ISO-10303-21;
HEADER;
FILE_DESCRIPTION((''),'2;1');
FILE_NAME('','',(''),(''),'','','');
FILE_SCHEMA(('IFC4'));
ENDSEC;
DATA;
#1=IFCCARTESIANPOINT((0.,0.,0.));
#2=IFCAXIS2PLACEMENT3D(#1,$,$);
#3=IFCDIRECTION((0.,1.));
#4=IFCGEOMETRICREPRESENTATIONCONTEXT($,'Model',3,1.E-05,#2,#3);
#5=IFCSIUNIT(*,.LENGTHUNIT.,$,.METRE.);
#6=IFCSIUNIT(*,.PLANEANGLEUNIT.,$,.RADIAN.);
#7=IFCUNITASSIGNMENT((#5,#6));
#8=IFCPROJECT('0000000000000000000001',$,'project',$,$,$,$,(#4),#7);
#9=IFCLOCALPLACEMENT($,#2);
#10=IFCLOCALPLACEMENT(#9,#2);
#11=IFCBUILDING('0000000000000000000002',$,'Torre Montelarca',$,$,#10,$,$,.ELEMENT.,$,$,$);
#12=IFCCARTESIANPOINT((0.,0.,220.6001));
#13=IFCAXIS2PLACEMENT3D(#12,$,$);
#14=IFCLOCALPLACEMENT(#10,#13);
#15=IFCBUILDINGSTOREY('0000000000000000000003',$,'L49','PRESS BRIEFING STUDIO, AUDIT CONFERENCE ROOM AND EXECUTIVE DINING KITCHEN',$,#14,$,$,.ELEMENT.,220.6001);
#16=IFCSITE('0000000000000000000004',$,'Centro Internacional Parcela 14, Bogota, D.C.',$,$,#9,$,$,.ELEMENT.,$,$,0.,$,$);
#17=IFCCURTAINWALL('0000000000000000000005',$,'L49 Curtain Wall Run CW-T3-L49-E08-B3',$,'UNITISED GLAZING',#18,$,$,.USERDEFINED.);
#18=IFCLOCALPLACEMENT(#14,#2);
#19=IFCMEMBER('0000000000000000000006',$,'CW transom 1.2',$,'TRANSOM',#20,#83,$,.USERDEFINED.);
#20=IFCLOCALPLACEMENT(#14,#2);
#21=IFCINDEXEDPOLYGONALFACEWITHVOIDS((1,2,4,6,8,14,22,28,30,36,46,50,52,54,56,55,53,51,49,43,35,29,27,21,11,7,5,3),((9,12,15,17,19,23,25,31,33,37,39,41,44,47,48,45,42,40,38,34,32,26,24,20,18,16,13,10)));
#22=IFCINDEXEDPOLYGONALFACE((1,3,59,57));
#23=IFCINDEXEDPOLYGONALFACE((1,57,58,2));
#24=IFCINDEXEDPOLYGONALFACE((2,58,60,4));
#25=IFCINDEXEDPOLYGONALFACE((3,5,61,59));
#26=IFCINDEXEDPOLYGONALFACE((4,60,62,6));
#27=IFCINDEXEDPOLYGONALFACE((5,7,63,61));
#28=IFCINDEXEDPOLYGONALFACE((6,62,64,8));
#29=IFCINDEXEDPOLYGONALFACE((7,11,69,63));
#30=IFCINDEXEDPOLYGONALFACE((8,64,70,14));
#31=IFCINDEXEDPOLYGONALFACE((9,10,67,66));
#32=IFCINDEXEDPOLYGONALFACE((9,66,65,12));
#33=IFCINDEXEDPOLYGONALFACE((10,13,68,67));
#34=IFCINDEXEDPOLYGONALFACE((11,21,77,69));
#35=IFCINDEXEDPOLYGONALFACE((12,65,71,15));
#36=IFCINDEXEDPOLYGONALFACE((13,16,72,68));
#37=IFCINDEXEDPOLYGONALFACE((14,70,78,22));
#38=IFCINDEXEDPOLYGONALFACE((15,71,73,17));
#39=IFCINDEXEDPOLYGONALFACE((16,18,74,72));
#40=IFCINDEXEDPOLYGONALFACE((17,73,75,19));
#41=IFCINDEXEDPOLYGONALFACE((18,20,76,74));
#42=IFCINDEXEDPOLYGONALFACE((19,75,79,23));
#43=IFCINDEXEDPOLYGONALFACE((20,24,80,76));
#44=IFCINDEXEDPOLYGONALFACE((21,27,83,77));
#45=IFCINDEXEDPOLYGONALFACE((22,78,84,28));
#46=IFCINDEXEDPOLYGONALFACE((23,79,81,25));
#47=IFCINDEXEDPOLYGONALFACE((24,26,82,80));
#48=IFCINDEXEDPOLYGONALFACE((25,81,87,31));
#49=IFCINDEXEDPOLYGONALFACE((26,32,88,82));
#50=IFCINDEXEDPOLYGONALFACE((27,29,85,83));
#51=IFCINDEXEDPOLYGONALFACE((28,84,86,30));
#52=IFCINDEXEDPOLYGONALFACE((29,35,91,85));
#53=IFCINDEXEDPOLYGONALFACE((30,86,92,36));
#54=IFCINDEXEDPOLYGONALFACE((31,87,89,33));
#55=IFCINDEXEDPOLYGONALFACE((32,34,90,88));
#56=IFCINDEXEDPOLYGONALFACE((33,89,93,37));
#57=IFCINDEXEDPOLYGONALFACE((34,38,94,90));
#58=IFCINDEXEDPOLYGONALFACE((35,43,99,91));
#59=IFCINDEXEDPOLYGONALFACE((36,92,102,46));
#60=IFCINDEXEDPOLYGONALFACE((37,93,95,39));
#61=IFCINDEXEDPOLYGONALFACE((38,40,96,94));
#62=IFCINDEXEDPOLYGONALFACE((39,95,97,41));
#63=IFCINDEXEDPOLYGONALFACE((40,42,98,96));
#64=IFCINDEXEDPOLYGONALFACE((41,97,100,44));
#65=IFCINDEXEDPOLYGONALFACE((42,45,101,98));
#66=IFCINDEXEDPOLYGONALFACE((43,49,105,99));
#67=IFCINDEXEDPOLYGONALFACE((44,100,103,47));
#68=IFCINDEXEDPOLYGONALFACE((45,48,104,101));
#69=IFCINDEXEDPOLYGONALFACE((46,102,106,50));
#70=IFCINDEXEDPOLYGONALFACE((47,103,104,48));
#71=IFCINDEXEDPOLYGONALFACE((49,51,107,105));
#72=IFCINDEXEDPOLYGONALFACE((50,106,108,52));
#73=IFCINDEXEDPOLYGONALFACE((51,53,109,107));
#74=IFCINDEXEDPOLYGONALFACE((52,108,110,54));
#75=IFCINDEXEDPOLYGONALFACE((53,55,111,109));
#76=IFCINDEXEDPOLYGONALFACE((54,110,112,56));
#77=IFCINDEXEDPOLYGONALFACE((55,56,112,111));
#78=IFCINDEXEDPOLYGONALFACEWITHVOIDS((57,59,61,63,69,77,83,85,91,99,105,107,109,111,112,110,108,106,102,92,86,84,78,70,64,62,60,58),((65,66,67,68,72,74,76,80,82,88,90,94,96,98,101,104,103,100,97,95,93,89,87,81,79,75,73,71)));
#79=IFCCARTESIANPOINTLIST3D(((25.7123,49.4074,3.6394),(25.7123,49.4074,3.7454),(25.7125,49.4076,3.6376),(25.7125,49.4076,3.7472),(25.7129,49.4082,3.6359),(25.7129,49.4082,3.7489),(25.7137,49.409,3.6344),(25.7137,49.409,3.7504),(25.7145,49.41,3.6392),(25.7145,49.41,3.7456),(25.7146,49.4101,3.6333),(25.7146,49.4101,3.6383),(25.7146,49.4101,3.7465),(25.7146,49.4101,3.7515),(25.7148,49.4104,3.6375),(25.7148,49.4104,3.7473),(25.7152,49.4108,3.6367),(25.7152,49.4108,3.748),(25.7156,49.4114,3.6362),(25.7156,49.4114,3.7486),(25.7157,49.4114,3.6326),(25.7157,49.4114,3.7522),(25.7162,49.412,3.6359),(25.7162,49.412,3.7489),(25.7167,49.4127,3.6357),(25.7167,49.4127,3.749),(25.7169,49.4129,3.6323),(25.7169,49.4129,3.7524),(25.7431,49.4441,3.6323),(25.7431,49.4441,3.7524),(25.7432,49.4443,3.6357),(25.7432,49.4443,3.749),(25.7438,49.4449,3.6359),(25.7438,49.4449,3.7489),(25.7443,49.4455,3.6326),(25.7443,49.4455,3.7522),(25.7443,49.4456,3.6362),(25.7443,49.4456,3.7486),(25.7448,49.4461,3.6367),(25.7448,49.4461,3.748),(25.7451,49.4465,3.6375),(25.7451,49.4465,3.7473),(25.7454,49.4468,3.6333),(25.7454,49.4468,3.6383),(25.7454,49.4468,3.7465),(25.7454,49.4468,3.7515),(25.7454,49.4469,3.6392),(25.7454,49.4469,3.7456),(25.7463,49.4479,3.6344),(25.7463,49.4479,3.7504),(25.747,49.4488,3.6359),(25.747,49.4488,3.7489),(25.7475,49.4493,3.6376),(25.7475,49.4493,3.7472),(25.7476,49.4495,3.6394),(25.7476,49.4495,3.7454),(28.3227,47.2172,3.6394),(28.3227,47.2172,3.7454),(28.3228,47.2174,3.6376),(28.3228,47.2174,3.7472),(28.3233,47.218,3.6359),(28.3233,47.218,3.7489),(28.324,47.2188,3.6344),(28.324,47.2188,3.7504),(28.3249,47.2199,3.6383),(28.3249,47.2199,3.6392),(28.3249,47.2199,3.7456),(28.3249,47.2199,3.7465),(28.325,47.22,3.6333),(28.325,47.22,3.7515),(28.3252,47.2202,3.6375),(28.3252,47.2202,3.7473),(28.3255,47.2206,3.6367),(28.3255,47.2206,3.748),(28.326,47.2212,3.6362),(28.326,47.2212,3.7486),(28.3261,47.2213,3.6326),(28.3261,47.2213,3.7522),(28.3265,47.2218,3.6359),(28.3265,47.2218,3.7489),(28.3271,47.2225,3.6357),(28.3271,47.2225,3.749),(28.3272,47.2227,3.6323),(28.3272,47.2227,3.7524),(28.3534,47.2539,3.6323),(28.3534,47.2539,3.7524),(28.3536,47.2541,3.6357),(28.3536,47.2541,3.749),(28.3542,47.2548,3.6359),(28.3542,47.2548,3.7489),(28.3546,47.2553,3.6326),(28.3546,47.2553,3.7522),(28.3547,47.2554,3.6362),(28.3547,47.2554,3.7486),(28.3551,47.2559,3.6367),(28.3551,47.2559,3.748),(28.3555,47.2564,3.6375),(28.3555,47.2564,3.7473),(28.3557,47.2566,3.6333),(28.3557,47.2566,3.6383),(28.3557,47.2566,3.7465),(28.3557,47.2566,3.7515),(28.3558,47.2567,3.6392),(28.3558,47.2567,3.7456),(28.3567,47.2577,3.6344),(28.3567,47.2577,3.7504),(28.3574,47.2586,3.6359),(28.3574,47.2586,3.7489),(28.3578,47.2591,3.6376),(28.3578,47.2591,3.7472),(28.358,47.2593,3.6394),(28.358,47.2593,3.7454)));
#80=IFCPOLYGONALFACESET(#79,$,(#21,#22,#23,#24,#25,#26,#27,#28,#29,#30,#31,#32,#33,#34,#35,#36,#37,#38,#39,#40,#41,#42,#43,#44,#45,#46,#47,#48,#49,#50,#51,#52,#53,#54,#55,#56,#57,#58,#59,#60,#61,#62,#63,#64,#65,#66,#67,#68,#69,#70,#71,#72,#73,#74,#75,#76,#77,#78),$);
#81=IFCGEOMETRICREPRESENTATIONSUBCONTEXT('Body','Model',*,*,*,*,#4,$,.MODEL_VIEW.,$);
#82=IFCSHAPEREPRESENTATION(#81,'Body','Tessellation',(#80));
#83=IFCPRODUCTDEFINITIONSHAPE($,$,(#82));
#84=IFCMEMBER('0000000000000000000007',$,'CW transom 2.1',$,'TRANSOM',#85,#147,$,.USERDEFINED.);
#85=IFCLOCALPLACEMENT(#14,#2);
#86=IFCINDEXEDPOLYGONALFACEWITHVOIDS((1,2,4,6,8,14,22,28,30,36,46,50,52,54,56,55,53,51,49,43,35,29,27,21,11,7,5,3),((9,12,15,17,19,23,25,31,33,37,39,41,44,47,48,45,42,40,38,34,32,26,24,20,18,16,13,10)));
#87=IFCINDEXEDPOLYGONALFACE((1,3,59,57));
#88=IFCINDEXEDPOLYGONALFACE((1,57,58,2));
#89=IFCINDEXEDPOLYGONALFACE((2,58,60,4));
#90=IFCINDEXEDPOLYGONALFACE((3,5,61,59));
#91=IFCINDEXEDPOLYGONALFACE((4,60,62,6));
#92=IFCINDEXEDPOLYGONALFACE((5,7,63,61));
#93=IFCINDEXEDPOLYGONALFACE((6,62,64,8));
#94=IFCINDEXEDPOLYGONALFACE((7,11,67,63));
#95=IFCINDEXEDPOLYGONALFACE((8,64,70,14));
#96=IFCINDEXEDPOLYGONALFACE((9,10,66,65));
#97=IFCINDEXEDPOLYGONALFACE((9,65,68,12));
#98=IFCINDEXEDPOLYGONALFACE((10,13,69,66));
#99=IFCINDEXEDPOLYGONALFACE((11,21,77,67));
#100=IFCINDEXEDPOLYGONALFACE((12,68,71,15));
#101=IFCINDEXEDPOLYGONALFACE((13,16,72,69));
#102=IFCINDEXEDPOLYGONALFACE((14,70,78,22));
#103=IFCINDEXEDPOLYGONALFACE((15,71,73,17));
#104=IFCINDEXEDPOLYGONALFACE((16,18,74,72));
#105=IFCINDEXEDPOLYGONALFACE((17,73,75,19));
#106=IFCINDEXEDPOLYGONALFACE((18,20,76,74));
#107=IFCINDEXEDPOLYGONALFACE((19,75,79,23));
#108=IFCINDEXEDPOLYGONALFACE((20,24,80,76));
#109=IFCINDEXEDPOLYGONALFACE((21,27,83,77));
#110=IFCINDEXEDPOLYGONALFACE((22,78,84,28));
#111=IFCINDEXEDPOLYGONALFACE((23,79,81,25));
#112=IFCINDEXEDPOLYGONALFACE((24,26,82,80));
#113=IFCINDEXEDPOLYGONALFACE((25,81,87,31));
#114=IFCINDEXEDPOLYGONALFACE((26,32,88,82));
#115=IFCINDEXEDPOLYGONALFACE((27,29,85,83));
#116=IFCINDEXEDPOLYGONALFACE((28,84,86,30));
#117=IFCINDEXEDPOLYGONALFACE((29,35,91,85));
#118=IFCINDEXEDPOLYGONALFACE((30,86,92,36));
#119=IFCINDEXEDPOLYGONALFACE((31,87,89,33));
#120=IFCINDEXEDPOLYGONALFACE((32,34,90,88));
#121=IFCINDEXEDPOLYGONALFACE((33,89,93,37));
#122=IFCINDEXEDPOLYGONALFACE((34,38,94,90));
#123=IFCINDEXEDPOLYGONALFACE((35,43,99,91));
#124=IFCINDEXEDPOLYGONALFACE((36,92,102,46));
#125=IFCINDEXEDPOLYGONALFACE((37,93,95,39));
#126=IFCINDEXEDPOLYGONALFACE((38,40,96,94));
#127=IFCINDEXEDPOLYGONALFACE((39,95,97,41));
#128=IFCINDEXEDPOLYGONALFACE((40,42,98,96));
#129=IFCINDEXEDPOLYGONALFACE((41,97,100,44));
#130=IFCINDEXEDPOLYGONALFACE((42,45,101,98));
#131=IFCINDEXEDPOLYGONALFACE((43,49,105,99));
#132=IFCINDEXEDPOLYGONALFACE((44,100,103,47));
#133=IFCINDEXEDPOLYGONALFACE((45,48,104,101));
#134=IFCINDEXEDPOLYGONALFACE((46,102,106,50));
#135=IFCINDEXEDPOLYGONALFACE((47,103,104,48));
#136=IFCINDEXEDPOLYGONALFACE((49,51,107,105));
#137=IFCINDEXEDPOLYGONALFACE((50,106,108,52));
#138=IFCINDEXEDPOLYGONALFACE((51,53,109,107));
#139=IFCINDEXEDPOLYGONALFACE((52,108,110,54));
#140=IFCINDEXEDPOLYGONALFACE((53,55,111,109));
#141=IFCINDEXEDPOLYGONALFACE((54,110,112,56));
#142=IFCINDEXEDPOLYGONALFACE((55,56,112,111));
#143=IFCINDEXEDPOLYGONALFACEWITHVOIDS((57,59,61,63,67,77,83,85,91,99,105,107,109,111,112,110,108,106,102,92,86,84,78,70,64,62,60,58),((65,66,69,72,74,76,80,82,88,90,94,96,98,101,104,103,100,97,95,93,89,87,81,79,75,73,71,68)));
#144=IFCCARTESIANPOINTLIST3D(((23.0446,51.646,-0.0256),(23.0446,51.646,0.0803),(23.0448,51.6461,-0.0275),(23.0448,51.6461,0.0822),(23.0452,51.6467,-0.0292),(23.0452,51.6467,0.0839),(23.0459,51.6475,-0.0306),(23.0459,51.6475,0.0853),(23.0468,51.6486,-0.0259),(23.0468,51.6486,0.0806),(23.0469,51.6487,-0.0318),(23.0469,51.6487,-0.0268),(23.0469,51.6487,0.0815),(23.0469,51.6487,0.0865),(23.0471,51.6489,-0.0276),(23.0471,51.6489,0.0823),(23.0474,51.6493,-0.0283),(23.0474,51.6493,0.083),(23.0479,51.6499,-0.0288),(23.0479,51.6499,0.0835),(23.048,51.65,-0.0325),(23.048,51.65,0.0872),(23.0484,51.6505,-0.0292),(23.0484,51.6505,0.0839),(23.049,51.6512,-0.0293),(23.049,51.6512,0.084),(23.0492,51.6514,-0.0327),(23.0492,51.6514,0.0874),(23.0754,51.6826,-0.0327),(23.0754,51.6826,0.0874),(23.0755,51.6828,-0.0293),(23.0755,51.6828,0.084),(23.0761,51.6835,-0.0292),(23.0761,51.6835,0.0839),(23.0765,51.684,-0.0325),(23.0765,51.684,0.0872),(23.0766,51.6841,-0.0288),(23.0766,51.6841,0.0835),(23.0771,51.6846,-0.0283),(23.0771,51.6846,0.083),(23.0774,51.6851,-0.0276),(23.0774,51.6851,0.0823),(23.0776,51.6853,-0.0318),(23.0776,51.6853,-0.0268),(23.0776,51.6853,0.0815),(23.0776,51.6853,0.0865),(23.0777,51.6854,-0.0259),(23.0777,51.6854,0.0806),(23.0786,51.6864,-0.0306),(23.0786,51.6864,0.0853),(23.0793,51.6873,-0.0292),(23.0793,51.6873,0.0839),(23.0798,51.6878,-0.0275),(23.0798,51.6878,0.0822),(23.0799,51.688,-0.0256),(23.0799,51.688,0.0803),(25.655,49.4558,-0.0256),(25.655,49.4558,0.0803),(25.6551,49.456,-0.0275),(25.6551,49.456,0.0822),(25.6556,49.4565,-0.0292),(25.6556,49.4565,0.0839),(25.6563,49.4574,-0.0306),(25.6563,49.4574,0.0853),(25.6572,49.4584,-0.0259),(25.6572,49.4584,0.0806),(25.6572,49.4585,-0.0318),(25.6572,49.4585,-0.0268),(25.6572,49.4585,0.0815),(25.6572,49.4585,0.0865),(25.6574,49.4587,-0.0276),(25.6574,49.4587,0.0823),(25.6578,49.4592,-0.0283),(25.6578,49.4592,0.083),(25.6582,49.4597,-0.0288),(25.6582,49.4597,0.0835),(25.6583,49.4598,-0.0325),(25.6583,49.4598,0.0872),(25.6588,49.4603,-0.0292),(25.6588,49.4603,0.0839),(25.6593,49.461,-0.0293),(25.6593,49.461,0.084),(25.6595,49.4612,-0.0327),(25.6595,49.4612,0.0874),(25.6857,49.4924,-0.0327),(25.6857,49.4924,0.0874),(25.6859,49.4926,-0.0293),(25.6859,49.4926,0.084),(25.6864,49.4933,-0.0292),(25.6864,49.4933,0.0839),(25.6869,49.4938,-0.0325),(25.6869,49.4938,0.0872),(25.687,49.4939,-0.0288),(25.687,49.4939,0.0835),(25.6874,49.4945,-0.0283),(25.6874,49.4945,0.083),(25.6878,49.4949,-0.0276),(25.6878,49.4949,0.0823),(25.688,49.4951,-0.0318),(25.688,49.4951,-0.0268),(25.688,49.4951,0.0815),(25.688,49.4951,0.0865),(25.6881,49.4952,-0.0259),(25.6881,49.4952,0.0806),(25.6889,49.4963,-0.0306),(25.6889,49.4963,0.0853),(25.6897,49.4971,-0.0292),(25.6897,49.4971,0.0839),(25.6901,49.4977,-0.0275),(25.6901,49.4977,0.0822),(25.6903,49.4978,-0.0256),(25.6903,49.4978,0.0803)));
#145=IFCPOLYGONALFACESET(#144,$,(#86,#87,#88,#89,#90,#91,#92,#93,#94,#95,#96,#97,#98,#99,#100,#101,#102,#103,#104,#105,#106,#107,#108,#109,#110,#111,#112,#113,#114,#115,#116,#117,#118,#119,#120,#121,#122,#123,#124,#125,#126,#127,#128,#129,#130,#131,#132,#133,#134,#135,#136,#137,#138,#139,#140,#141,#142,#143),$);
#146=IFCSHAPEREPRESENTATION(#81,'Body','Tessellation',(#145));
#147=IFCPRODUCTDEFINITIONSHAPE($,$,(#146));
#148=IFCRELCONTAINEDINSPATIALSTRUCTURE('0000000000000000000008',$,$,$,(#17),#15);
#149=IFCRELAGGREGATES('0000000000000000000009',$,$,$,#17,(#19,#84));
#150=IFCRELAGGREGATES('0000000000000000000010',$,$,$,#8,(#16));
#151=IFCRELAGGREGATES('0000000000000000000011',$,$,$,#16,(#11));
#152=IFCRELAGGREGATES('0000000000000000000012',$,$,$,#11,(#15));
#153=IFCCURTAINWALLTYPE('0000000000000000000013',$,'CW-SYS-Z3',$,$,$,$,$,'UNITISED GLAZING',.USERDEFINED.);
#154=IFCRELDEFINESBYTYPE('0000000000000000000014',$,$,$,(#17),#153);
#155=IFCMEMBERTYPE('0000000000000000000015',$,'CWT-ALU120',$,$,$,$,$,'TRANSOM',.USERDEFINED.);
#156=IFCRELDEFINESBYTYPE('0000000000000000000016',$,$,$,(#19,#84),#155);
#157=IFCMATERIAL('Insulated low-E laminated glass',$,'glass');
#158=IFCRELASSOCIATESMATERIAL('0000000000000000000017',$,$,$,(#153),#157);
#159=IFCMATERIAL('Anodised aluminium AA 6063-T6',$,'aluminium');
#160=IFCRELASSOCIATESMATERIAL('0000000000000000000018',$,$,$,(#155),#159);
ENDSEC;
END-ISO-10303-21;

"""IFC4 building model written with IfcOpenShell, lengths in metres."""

from ifc_helpers import new_model, si_unit, direction, frame, origin, origin_2d, place, context, subcontext, project, spatial, hollow_rectangle, extrude, source, transform, mapped, material, material_profile, profile_set, type_object, element, aggregate, save


model = new_model("IFC4")

# Units and contexts
model_context = context("Model", 3, precision=1e-05, world=origin(), true_north=direction((0.0, 1.0)))
body_context = subcontext(model_context, "Body", "Model", "MODEL_VIEW")
ifc_project = project(units=[si_unit("LENGTHUNIT", "METRE"), si_unit("PLANEANGLEUNIT", "RADIAN")], contexts=[model_context])

# Site, building, storey
site_placement = place(None, origin())
site = spatial("IfcSite", under=ifc_project, at=site_placement, Name="Centro Internacional Parcela 14, Bogota, D.C.", CompositionType="ELEMENT", RefElevation=0.0)
building_placement = place(site_placement, origin())
building = spatial("IfcBuilding", under=site, at=building_placement, Name="Torre Montelarca", CompositionType="ELEMENT")
storey_placement = place(building_placement, frame((0.0, 0.0, 220.6001)))
storey = spatial("IfcBuildingStorey", under=building, at=storey_placement, Name="L49", Description="PRESS BRIEFING STUDIO, AUDIT CONFERENCE ROOM AND EXECUTIVE DINING KITCHEN", CompositionType="ELEMENT", Elevation=220.6001)

# Curtain wall, members
ifc_material_1 = material(Name="Insulated low-E laminated glass", Category="glass")
curtain_wall_type = type_object("IfcCurtainWallType", Name="CW-SYS-Z3", ElementType="UNITISED GLAZING", PredefinedType="USERDEFINED", material=ifc_material_1)
curtain_wall_placement = place(storey_placement, origin())
curtain_wall = element("IfcCurtainWall", 1, at=curtain_wall_placement, inside=storey, type_object=curtain_wall_type, Name="L49 Curtain Wall Run CW-T3-L49-E08-B3", ObjectType="UNITISED GLAZING", PredefinedType="USERDEFINED")
ifc_material_2 = material(Name="Anodised aluminium AA 6063-T6", Category="aluminium")
ifc_material_profile_1 = material_profile(ifc_material_2, hollow_rectangle(XDim=0.0549, YDim=0.1201, WallThickness=0.0034, InnerFilletRadius=0.0034, OuterFilletRadius=0.0071, at=origin_2d()), Name="ALU55X120X3.5", Category="aluminium")
ifc_profile_set_1 = profile_set([ifc_material_profile_1], Name="Anodised aluminium AA 6063-T6")
member_type_1 = type_object("IfcMemberType", Name="CWT-ALU120", ElementType="TRANSOM", PredefinedType="USERDEFINED", material=ifc_profile_set_1)
shared_shape_1 = source(origin(), body_context, "Body", "SweptSolid", [
    extrude(hollow_rectangle(XDim=0.0549, YDim=0.1201, WallThickness=0.0034, InnerFilletRadius=0.0034, OuterFilletRadius=0.0071, at=origin_2d()), origin(), (0.0, 0.0, 1.0), 3.4075),
])
member_1_placement = place(storey_placement, frame((28.3403, 47.2383, 3.6924), z_axis=(-0.766067, 0.64276, 0.0), x_axis=(-0.64276, -0.766067, 0.0)))
member_1 = element("IfcMember", 2, at=member_1_placement, type_object=member_type_1, Name="CW transom 1.2", ObjectType="TRANSOM", PredefinedType="USERDEFINED", context=body_context, shape_type="MappedRepresentation", body=[
    mapped(shared_shape_1, transform((0.0, 0.0, 0.0), scale=1.0)),
])
member_2_placement = place(storey_placement, frame((25.6726, 49.4768, 0.0273), z_axis=(-0.766067, 0.64276, 0.0), x_axis=(-0.64276, -0.766067, 0.0)))
member_2 = element("IfcMember", 3, at=member_2_placement, type_object=member_type_1, Name="CW transom 2.1", ObjectType="TRANSOM", PredefinedType="USERDEFINED", context=body_context, shape_type="MappedRepresentation", body=[
    mapped(shared_shape_1, transform((0.0, 0.0, 0.0), scale=1.0)),
])
aggregate(curtain_wall, [member_1, member_2])

save(model, "model.ifc")
